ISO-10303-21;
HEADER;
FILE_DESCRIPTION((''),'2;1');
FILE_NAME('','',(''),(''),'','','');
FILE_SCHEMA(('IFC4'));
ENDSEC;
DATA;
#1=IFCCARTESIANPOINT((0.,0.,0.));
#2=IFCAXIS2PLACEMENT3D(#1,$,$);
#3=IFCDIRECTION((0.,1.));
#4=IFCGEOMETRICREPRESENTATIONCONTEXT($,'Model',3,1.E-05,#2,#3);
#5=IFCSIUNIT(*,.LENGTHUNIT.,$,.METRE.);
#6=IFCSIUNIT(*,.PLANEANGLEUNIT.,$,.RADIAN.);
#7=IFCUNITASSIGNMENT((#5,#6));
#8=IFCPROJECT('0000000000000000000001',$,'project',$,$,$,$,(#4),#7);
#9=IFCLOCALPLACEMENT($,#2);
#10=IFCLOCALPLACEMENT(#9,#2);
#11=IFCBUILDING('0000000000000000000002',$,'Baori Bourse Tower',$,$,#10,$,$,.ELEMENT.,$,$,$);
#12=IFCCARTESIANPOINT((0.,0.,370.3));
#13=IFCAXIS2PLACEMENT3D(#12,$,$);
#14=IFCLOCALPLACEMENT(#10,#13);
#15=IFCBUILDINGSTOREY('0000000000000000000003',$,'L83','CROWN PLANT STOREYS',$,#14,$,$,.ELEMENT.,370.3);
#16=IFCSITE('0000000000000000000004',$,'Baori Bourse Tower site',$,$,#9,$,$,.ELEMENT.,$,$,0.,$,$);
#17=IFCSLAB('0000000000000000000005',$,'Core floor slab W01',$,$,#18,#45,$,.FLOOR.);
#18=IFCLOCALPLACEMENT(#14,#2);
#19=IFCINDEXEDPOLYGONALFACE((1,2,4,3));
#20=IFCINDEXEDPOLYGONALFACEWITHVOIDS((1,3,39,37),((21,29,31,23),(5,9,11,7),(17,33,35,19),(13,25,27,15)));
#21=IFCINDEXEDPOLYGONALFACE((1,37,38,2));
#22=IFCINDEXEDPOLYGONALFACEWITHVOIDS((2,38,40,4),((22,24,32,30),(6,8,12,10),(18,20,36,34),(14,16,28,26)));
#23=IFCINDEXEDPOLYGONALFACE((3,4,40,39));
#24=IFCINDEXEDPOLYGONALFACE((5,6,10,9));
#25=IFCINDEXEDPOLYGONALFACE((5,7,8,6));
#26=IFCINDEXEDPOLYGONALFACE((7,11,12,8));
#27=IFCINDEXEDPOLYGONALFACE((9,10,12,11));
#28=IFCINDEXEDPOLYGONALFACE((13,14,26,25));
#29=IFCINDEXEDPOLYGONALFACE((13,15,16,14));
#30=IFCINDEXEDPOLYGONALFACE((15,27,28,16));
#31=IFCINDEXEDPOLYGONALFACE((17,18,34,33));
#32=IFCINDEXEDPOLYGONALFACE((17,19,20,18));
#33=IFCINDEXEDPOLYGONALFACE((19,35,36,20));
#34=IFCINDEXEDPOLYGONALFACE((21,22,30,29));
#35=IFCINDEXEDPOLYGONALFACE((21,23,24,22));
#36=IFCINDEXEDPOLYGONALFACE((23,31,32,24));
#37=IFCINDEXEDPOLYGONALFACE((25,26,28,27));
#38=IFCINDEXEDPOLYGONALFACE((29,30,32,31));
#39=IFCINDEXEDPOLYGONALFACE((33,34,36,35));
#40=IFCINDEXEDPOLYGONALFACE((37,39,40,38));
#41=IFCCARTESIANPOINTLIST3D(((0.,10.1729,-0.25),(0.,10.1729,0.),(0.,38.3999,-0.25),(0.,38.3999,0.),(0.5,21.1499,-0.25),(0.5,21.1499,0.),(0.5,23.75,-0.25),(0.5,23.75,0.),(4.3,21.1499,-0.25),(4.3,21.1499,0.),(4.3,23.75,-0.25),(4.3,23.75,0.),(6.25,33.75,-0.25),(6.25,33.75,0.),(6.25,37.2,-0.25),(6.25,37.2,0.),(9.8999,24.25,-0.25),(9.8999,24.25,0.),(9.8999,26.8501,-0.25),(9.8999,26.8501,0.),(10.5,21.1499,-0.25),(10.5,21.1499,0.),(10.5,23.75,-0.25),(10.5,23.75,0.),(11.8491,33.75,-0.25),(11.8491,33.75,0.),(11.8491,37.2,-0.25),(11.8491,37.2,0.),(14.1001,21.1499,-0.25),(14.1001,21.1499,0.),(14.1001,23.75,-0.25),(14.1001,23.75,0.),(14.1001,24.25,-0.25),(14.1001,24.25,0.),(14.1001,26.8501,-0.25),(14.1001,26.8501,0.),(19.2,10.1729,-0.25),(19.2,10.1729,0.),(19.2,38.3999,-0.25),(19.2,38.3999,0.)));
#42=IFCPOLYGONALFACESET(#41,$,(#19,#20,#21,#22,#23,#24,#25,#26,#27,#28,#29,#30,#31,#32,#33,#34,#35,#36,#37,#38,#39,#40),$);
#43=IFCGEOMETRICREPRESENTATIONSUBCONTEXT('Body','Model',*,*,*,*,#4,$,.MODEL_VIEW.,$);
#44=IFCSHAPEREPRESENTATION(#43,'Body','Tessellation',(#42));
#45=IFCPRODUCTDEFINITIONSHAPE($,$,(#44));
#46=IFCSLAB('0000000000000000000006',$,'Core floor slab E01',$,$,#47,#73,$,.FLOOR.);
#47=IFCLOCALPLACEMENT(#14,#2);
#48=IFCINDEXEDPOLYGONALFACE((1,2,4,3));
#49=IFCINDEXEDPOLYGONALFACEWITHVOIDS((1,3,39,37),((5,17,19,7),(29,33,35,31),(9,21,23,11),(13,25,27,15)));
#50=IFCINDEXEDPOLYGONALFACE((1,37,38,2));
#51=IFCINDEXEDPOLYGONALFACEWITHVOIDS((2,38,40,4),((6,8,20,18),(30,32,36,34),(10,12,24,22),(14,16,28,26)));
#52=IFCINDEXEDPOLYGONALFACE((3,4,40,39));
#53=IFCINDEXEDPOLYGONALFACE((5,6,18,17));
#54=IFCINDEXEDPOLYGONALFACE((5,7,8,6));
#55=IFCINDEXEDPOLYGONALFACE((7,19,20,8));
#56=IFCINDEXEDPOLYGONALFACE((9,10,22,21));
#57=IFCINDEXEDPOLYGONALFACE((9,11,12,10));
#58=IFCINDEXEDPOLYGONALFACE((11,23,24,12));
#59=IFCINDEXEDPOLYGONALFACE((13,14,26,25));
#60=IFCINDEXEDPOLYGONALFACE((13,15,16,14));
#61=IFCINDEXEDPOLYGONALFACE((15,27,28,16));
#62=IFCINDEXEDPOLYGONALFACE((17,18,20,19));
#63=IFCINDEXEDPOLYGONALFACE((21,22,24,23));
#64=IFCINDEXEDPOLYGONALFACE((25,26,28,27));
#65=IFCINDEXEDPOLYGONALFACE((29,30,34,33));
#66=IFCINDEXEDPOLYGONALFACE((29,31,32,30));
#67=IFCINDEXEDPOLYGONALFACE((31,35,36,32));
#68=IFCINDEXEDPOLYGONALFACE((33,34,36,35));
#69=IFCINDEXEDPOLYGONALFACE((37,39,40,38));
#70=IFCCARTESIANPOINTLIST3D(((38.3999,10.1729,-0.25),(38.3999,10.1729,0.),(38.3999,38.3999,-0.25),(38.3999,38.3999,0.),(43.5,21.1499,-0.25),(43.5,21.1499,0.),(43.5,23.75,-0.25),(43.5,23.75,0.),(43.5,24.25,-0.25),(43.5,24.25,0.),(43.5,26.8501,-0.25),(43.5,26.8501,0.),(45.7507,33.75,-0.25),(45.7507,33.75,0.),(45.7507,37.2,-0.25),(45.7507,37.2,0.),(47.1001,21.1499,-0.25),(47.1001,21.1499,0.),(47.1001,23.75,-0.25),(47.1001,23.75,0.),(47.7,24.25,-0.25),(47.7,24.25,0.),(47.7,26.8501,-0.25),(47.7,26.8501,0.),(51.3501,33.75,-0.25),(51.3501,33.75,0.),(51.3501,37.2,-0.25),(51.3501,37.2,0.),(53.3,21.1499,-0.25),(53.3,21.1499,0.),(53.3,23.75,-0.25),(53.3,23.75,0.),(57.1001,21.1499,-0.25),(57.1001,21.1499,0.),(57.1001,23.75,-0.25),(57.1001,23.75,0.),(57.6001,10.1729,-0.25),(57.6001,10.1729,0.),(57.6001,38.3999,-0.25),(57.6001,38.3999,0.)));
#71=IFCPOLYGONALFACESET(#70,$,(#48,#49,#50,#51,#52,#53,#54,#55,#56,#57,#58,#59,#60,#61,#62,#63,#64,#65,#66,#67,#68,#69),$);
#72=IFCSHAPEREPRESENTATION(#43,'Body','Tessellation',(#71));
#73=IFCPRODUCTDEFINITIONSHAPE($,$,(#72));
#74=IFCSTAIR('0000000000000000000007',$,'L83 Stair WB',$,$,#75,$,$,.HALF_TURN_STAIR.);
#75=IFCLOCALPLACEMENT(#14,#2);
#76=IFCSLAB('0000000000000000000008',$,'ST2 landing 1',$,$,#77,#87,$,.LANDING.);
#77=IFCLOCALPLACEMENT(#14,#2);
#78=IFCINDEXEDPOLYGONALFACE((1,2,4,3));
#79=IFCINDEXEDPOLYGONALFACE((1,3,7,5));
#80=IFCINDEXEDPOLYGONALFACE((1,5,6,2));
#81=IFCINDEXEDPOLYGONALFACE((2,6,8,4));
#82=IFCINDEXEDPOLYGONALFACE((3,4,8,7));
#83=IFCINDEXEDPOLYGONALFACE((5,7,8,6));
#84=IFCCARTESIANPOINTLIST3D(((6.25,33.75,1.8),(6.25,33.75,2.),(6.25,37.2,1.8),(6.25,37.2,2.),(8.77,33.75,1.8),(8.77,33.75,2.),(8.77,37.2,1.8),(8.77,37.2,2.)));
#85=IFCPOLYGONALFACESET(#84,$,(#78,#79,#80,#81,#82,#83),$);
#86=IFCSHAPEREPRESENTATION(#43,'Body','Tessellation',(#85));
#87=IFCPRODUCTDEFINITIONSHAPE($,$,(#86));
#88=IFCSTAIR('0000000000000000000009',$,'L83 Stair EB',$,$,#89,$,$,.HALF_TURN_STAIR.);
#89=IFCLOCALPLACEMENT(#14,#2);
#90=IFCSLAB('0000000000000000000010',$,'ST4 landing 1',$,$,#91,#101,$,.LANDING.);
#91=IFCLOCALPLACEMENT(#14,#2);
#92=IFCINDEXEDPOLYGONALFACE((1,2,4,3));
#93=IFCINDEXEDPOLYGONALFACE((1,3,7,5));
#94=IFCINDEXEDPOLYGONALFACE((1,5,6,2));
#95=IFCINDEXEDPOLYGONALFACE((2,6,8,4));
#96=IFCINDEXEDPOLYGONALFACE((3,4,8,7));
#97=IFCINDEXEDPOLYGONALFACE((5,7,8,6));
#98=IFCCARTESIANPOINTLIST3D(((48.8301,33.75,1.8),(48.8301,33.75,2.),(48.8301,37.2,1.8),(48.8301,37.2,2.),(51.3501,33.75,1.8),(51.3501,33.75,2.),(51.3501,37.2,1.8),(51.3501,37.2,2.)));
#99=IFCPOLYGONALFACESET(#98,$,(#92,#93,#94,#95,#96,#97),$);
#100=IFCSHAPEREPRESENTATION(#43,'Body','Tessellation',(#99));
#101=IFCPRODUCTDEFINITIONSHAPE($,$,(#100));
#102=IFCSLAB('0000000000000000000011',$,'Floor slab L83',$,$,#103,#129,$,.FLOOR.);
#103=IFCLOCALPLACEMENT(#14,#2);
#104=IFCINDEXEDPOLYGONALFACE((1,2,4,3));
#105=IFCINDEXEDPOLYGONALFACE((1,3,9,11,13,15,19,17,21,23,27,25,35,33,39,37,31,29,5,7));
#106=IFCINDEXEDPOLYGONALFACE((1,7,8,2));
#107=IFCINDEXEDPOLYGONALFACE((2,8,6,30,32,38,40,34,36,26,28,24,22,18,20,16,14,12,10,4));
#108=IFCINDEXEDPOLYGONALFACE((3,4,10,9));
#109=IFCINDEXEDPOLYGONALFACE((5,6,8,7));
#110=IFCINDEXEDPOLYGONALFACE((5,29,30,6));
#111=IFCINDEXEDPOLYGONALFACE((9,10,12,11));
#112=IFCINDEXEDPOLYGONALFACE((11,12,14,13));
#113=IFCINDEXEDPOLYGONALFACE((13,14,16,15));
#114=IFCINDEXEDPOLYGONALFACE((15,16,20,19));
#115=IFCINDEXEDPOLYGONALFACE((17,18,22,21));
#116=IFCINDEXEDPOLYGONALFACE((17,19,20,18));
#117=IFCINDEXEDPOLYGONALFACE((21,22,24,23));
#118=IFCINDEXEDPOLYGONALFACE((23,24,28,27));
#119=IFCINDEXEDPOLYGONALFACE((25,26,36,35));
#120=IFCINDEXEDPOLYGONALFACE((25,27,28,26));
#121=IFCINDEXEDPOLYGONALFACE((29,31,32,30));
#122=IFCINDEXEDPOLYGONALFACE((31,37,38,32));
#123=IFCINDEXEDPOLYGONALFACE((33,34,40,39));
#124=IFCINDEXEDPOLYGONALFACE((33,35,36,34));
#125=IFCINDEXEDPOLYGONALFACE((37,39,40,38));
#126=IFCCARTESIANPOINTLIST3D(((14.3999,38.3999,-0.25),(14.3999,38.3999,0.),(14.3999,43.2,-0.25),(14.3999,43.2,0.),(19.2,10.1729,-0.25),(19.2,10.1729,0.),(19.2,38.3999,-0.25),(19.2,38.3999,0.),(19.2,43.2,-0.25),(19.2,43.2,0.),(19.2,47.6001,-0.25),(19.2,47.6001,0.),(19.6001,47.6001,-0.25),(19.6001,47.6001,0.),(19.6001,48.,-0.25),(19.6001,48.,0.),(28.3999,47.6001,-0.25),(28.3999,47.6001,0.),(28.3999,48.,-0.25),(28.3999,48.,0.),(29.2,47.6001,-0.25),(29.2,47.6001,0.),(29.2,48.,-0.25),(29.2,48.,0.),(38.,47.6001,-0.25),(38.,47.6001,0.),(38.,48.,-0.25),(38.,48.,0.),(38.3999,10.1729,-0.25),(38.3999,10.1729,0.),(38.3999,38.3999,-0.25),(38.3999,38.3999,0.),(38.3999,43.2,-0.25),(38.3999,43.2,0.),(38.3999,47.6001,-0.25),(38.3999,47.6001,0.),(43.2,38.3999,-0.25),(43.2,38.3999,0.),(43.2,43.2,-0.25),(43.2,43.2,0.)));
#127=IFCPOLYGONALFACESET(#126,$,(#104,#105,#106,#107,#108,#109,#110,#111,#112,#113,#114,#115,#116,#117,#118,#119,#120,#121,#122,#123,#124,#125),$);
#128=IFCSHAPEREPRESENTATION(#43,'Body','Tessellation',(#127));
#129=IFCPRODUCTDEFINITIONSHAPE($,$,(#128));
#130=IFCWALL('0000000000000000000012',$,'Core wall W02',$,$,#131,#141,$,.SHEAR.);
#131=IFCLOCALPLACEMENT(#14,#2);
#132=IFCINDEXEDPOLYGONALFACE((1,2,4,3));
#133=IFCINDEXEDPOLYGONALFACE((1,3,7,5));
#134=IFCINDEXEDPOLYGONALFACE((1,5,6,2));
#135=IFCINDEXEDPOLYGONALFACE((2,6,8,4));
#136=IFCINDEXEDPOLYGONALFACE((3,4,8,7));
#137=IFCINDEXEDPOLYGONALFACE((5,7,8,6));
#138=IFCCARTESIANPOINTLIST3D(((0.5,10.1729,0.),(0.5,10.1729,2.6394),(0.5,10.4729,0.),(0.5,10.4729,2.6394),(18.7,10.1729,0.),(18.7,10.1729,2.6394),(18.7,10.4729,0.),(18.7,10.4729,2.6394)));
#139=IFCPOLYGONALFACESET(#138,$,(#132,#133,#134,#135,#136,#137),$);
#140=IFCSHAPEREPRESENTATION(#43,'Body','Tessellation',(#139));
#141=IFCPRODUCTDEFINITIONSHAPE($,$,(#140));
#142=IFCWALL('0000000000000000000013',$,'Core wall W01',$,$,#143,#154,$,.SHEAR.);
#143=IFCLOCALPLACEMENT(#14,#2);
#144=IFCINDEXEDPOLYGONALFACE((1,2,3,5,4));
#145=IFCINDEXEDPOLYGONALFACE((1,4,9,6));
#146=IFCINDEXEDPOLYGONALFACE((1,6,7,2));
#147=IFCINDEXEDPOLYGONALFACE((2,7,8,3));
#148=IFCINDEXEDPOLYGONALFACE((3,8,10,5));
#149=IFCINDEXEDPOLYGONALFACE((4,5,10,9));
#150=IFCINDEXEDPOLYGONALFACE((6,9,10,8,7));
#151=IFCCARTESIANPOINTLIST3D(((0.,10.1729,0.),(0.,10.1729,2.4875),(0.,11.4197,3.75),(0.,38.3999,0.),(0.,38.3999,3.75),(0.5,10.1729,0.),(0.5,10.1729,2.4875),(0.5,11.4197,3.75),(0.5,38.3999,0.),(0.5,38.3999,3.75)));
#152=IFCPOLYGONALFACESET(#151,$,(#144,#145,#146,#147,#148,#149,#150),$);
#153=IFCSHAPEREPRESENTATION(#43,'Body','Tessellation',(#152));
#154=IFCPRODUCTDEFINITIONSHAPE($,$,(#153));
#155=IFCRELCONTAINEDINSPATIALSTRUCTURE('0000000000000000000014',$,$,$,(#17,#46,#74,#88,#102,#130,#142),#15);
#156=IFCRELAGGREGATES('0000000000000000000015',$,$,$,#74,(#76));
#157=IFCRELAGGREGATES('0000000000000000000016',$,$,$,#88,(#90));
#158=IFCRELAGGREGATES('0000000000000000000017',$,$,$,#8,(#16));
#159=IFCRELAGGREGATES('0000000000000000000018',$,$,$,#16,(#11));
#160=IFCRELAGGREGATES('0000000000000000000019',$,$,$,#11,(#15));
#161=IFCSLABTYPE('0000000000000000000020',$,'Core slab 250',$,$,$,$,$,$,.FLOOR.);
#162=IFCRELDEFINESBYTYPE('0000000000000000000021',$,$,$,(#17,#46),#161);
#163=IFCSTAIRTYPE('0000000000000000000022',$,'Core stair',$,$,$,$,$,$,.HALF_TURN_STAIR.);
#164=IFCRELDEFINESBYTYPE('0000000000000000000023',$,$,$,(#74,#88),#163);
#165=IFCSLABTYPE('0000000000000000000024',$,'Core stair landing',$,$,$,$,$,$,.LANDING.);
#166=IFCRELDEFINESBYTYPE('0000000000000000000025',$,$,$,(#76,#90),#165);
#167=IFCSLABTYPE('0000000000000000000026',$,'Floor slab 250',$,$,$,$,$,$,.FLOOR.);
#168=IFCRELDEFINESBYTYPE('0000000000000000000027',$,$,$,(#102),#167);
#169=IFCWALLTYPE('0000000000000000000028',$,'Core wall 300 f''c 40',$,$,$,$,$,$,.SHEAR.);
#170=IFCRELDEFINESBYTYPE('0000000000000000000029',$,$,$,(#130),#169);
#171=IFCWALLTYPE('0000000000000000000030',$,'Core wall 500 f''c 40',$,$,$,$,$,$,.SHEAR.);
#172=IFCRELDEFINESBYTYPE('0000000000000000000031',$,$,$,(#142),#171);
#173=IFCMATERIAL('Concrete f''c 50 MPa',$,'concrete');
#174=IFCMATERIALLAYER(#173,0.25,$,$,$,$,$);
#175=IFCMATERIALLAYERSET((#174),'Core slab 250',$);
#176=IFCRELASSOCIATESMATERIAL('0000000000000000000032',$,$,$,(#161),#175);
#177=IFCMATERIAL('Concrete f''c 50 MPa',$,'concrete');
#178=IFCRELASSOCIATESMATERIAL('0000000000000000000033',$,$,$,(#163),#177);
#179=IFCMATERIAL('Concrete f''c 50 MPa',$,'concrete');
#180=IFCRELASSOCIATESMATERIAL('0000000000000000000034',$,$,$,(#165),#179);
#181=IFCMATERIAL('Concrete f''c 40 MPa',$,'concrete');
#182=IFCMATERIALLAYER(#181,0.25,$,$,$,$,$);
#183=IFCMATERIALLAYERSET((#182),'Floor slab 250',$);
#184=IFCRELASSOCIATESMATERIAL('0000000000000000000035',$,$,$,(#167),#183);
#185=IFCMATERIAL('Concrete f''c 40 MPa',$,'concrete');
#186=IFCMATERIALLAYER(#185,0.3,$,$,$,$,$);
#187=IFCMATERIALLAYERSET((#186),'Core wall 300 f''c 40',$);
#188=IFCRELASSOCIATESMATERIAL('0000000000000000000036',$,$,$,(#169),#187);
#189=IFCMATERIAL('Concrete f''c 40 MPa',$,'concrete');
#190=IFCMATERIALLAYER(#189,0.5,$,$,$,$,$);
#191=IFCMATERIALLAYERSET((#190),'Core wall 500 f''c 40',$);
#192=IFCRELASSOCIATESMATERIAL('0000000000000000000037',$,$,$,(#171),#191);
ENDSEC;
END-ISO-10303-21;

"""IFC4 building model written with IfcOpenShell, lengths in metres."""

from ifc_helpers import new_model, si_unit, direction, frame, origin, place, context, subcontext, project, spatial, polyline, outline, extrude, material, layer, layer_set, type_object, element, aggregate, save


model = new_model("IFC4")

# Units and contexts
model_context = context("Model", 3, precision=1e-05, world=origin(), true_north=direction((0.0, 1.0)))
body_context = subcontext(model_context, "Body", "Model", "MODEL_VIEW")
ifc_project = project(units=[si_unit("LENGTHUNIT", "METRE"), si_unit("PLANEANGLEUNIT", "RADIAN")], contexts=[model_context])

# Site, building, storey
site_placement = place(None, origin())
site = spatial("IfcSite", under=ifc_project, at=site_placement, Name="Baori Bourse Tower site", CompositionType="ELEMENT", RefElevation=0.0)
building_placement = place(site_placement, origin())
building = spatial("IfcBuilding", under=site, at=building_placement, Name="Baori Bourse Tower", CompositionType="ELEMENT")
storey_placement = place(building_placement, frame((0.0, 0.0, 370.3)))
storey = spatial("IfcBuildingStorey", under=building, at=storey_placement, Name="L83", Description="CROWN PLANT STOREYS", CompositionType="ELEMENT", Elevation=370.3)

# Slabs
ifc_material_1 = material(Name="Concrete f'c 50 MPa", Category="concrete")
ifc_layer_1 = layer(ifc_material_1, 0.25)
ifc_layer_set_1 = layer_set([ifc_layer_1], Name="Core slab 250")
slab_type_1 = type_object("IfcSlabType", Name="Core slab 250", PredefinedType="FLOOR", material=ifc_layer_set_1)
slab_1_placement = place(storey_placement, frame((0.0, 0.0, -0.25)))
element("IfcSlab", 1, at=slab_1_placement, inside=storey, type_object=slab_type_1, Name="Core floor slab W01", PredefinedType="FLOOR", context=body_context, shape_type="SweptSolid", body=[
    extrude(outline(polyline([(19.2, 10.1729), (19.2, 38.3999), (0.0, 38.3999), (0.0, 10.1729), (19.2, 10.1729)]), holes=[polyline([(9.8999, 24.25), (9.8999, 26.8501), (14.1001, 26.8501), (14.1001, 24.25), (9.8999, 24.25)]), polyline([(10.5, 23.75), (14.1001, 23.75), (14.1001, 21.1499), (10.5, 21.1499), (10.5, 23.75)]), polyline([(11.8491, 37.2), (11.8491, 33.75), (6.25, 33.75), (6.25, 37.2), (11.8491, 37.2)]), polyline([(4.3, 21.1499), (0.5, 21.1499), (0.5, 23.75), (4.3, 23.75), (4.3, 21.1499)])]), origin(), (0.0, 0.0, 1.0), 0.25),
])
slab_2_placement = place(storey_placement, frame((0.0, 0.0, -0.25)))
element("IfcSlab", 2, at=slab_2_placement, inside=storey, type_object=slab_type_1, Name="Core floor slab E01", PredefinedType="FLOOR", context=body_context, shape_type="SweptSolid", body=[
    extrude(outline(polyline([(38.3999, 10.1729), (57.6001, 10.1729), (57.6001, 38.3999), (38.3999, 38.3999), (38.3999, 10.1729)]), holes=[polyline([(53.3, 21.1499), (53.3, 23.75), (57.1001, 23.75), (57.1001, 21.1499), (53.3, 21.1499)]), polyline([(51.3501, 37.2), (51.3501, 33.75), (45.7507, 33.75), (45.7507, 37.2), (51.3501, 37.2)]), polyline([(43.5, 26.8501), (47.7, 26.8501), (47.7, 24.25), (43.5, 24.25), (43.5, 26.8501)]), polyline([(47.1001, 23.75), (47.1001, 21.1499), (43.5, 21.1499), (43.5, 23.75), (47.1001, 23.75)])]), origin(), (0.0, 0.0, 1.0), 0.25),
])

# Stairs, slabs
ifc_material_2 = material(Name="Concrete f'c 50 MPa", Category="concrete")
stair_type = type_object("IfcStairType", Name="Core stair", PredefinedType="HALF_TURN_STAIR", material=ifc_material_2)
stair_1_placement = place(storey_placement, origin())
stair_1 = element("IfcStair", 3, at=stair_1_placement, inside=storey, type_object=stair_type, Name="L83 Stair WB", PredefinedType="HALF_TURN_STAIR")
ifc_material_3 = material(Name="Concrete f'c 50 MPa", Category="concrete")
slab_type_2 = type_object("IfcSlabType", Name="Core stair landing", PredefinedType="LANDING", material=ifc_material_3)
slab_3_placement = place(storey_placement, frame((0.0, 0.0, 1.8)))
slab_3 = element("IfcSlab", 4, at=slab_3_placement, type_object=slab_type_2, Name="ST2 landing 1", PredefinedType="LANDING", context=body_context, shape_type="SweptSolid", body=[
    extrude(outline(polyline([(8.77, 37.2), (6.25, 37.2), (6.25, 33.75), (8.77, 33.75), (8.77, 37.2)])), origin(), (0.0, 0.0, 1.0), 0.2),
])
aggregate(stair_1, [slab_3])
stair_2_placement = place(storey_placement, origin())
stair_2 = element("IfcStair", 5, at=stair_2_placement, inside=storey, type_object=stair_type, Name="L83 Stair EB", PredefinedType="HALF_TURN_STAIR")
slab_4_placement = place(storey_placement, frame((0.0, 0.0, 1.8)))
slab_4 = element("IfcSlab", 6, at=slab_4_placement, type_object=slab_type_2, Name="ST4 landing 1", PredefinedType="LANDING", context=body_context, shape_type="SweptSolid", body=[
    extrude(outline(polyline([(48.8301, 33.75), (51.3501, 33.75), (51.3501, 37.2), (48.8301, 37.2), (48.8301, 33.75)])), origin(), (0.0, 0.0, 1.0), 0.2),
])
aggregate(stair_2, [slab_4])

# Slab
ifc_material_4 = material(Name="Concrete f'c 40 MPa", Category="concrete")
ifc_layer_2 = layer(ifc_material_4, 0.25)
ifc_layer_set_2 = layer_set([ifc_layer_2], Name="Floor slab 250")
slab_type_3 = type_object("IfcSlabType", Name="Floor slab 250", PredefinedType="FLOOR", material=ifc_layer_set_2)
slab_5_placement = place(storey_placement, frame((0.0, 0.0, -0.25)))
element("IfcSlab", 7, at=slab_5_placement, inside=storey, type_object=slab_type_3, Name="Floor slab L83", PredefinedType="FLOOR", context=body_context, shape_type="SweptSolid", body=[
    extrude(outline(polyline([(38.3999, 43.2), (43.2, 43.2), (43.2, 38.3999), (38.3999, 38.3999), (38.3999, 10.1729), (19.2, 10.1729), (19.2, 38.3999), (14.3999, 38.3999), (14.3999, 43.2), (19.2, 43.2), (19.2, 47.6001), (19.6001, 47.6001), (19.6001, 48.0), (28.3999, 48.0), (28.3999, 47.6001), (29.2, 47.6001), (29.2, 48.0), (38.0, 48.0), (38.0, 47.6001), (38.3999, 47.6001), (38.3999, 43.2)])), origin(), (0.0, 0.0, 1.0), 0.25),
])

# Walls
ifc_material_5 = material(Name="Concrete f'c 40 MPa", Category="concrete")
ifc_layer_3 = layer(ifc_material_5, 0.3)
ifc_layer_set_3 = layer_set([ifc_layer_3], Name="Core wall 300 f'c 40")
wall_type_1 = type_object("IfcWallType", Name="Core wall 300 f'c 40", PredefinedType="SHEAR", material=ifc_layer_set_3)
wall_1_placement = place(storey_placement, frame((18.7, 10.3228, 0.0), z_axis=(0.0, 0.0, 1.0), x_axis=(-1.0, 0.0, 0.0)))
element("IfcWall", 8, at=wall_1_placement, inside=storey, type_object=wall_type_1, Name="Core wall W02", PredefinedType="SHEAR", context=body_context, shape_type="SweptSolid", body=[
    extrude(outline(polyline([(0.0, 0.0), (18.2, 0.0), (18.2, 2.6394), (0.0, 2.6394), (0.0, 0.0)])), frame((0.0, 0.1499, 0.0), z_axis=(0.0, -1.0, 0.0), x_axis=(1.0, 0.0, 0.0)), (0.0, 0.0, 1.0), 0.3),
])
ifc_material_6 = material(Name="Concrete f'c 40 MPa", Category="concrete")
ifc_layer_4 = layer(ifc_material_6, 0.5)
ifc_layer_set_4 = layer_set([ifc_layer_4], Name="Core wall 500 f'c 40")
wall_type_2 = type_object("IfcWallType", Name="Core wall 500 f'c 40", PredefinedType="SHEAR", material=ifc_layer_set_4)
wall_2_placement = place(storey_placement, frame((0.25, 10.1729, 0.0), z_axis=(0.0, 0.0, 1.0), x_axis=(0.0, 1.0, 0.0)))
element("IfcWall", 9, at=wall_2_placement, inside=storey, type_object=wall_type_2, Name="Core wall W01", PredefinedType="SHEAR", context=body_context, shape_type="SweptSolid", body=[
    extrude(outline(polyline([(0.0, 0.0), (28.2271, 0.0), (28.2271, 3.75), (1.2468, 3.75), (0.0, 2.4875), (0.0, 0.0)])), frame((0.0, 0.25, 0.0), z_axis=(0.0, -1.0, 0.0), x_axis=(1.0, 0.0, 0.0)), (0.0, 0.0, 1.0), 0.5),
])

save(model, "model.ifc")
